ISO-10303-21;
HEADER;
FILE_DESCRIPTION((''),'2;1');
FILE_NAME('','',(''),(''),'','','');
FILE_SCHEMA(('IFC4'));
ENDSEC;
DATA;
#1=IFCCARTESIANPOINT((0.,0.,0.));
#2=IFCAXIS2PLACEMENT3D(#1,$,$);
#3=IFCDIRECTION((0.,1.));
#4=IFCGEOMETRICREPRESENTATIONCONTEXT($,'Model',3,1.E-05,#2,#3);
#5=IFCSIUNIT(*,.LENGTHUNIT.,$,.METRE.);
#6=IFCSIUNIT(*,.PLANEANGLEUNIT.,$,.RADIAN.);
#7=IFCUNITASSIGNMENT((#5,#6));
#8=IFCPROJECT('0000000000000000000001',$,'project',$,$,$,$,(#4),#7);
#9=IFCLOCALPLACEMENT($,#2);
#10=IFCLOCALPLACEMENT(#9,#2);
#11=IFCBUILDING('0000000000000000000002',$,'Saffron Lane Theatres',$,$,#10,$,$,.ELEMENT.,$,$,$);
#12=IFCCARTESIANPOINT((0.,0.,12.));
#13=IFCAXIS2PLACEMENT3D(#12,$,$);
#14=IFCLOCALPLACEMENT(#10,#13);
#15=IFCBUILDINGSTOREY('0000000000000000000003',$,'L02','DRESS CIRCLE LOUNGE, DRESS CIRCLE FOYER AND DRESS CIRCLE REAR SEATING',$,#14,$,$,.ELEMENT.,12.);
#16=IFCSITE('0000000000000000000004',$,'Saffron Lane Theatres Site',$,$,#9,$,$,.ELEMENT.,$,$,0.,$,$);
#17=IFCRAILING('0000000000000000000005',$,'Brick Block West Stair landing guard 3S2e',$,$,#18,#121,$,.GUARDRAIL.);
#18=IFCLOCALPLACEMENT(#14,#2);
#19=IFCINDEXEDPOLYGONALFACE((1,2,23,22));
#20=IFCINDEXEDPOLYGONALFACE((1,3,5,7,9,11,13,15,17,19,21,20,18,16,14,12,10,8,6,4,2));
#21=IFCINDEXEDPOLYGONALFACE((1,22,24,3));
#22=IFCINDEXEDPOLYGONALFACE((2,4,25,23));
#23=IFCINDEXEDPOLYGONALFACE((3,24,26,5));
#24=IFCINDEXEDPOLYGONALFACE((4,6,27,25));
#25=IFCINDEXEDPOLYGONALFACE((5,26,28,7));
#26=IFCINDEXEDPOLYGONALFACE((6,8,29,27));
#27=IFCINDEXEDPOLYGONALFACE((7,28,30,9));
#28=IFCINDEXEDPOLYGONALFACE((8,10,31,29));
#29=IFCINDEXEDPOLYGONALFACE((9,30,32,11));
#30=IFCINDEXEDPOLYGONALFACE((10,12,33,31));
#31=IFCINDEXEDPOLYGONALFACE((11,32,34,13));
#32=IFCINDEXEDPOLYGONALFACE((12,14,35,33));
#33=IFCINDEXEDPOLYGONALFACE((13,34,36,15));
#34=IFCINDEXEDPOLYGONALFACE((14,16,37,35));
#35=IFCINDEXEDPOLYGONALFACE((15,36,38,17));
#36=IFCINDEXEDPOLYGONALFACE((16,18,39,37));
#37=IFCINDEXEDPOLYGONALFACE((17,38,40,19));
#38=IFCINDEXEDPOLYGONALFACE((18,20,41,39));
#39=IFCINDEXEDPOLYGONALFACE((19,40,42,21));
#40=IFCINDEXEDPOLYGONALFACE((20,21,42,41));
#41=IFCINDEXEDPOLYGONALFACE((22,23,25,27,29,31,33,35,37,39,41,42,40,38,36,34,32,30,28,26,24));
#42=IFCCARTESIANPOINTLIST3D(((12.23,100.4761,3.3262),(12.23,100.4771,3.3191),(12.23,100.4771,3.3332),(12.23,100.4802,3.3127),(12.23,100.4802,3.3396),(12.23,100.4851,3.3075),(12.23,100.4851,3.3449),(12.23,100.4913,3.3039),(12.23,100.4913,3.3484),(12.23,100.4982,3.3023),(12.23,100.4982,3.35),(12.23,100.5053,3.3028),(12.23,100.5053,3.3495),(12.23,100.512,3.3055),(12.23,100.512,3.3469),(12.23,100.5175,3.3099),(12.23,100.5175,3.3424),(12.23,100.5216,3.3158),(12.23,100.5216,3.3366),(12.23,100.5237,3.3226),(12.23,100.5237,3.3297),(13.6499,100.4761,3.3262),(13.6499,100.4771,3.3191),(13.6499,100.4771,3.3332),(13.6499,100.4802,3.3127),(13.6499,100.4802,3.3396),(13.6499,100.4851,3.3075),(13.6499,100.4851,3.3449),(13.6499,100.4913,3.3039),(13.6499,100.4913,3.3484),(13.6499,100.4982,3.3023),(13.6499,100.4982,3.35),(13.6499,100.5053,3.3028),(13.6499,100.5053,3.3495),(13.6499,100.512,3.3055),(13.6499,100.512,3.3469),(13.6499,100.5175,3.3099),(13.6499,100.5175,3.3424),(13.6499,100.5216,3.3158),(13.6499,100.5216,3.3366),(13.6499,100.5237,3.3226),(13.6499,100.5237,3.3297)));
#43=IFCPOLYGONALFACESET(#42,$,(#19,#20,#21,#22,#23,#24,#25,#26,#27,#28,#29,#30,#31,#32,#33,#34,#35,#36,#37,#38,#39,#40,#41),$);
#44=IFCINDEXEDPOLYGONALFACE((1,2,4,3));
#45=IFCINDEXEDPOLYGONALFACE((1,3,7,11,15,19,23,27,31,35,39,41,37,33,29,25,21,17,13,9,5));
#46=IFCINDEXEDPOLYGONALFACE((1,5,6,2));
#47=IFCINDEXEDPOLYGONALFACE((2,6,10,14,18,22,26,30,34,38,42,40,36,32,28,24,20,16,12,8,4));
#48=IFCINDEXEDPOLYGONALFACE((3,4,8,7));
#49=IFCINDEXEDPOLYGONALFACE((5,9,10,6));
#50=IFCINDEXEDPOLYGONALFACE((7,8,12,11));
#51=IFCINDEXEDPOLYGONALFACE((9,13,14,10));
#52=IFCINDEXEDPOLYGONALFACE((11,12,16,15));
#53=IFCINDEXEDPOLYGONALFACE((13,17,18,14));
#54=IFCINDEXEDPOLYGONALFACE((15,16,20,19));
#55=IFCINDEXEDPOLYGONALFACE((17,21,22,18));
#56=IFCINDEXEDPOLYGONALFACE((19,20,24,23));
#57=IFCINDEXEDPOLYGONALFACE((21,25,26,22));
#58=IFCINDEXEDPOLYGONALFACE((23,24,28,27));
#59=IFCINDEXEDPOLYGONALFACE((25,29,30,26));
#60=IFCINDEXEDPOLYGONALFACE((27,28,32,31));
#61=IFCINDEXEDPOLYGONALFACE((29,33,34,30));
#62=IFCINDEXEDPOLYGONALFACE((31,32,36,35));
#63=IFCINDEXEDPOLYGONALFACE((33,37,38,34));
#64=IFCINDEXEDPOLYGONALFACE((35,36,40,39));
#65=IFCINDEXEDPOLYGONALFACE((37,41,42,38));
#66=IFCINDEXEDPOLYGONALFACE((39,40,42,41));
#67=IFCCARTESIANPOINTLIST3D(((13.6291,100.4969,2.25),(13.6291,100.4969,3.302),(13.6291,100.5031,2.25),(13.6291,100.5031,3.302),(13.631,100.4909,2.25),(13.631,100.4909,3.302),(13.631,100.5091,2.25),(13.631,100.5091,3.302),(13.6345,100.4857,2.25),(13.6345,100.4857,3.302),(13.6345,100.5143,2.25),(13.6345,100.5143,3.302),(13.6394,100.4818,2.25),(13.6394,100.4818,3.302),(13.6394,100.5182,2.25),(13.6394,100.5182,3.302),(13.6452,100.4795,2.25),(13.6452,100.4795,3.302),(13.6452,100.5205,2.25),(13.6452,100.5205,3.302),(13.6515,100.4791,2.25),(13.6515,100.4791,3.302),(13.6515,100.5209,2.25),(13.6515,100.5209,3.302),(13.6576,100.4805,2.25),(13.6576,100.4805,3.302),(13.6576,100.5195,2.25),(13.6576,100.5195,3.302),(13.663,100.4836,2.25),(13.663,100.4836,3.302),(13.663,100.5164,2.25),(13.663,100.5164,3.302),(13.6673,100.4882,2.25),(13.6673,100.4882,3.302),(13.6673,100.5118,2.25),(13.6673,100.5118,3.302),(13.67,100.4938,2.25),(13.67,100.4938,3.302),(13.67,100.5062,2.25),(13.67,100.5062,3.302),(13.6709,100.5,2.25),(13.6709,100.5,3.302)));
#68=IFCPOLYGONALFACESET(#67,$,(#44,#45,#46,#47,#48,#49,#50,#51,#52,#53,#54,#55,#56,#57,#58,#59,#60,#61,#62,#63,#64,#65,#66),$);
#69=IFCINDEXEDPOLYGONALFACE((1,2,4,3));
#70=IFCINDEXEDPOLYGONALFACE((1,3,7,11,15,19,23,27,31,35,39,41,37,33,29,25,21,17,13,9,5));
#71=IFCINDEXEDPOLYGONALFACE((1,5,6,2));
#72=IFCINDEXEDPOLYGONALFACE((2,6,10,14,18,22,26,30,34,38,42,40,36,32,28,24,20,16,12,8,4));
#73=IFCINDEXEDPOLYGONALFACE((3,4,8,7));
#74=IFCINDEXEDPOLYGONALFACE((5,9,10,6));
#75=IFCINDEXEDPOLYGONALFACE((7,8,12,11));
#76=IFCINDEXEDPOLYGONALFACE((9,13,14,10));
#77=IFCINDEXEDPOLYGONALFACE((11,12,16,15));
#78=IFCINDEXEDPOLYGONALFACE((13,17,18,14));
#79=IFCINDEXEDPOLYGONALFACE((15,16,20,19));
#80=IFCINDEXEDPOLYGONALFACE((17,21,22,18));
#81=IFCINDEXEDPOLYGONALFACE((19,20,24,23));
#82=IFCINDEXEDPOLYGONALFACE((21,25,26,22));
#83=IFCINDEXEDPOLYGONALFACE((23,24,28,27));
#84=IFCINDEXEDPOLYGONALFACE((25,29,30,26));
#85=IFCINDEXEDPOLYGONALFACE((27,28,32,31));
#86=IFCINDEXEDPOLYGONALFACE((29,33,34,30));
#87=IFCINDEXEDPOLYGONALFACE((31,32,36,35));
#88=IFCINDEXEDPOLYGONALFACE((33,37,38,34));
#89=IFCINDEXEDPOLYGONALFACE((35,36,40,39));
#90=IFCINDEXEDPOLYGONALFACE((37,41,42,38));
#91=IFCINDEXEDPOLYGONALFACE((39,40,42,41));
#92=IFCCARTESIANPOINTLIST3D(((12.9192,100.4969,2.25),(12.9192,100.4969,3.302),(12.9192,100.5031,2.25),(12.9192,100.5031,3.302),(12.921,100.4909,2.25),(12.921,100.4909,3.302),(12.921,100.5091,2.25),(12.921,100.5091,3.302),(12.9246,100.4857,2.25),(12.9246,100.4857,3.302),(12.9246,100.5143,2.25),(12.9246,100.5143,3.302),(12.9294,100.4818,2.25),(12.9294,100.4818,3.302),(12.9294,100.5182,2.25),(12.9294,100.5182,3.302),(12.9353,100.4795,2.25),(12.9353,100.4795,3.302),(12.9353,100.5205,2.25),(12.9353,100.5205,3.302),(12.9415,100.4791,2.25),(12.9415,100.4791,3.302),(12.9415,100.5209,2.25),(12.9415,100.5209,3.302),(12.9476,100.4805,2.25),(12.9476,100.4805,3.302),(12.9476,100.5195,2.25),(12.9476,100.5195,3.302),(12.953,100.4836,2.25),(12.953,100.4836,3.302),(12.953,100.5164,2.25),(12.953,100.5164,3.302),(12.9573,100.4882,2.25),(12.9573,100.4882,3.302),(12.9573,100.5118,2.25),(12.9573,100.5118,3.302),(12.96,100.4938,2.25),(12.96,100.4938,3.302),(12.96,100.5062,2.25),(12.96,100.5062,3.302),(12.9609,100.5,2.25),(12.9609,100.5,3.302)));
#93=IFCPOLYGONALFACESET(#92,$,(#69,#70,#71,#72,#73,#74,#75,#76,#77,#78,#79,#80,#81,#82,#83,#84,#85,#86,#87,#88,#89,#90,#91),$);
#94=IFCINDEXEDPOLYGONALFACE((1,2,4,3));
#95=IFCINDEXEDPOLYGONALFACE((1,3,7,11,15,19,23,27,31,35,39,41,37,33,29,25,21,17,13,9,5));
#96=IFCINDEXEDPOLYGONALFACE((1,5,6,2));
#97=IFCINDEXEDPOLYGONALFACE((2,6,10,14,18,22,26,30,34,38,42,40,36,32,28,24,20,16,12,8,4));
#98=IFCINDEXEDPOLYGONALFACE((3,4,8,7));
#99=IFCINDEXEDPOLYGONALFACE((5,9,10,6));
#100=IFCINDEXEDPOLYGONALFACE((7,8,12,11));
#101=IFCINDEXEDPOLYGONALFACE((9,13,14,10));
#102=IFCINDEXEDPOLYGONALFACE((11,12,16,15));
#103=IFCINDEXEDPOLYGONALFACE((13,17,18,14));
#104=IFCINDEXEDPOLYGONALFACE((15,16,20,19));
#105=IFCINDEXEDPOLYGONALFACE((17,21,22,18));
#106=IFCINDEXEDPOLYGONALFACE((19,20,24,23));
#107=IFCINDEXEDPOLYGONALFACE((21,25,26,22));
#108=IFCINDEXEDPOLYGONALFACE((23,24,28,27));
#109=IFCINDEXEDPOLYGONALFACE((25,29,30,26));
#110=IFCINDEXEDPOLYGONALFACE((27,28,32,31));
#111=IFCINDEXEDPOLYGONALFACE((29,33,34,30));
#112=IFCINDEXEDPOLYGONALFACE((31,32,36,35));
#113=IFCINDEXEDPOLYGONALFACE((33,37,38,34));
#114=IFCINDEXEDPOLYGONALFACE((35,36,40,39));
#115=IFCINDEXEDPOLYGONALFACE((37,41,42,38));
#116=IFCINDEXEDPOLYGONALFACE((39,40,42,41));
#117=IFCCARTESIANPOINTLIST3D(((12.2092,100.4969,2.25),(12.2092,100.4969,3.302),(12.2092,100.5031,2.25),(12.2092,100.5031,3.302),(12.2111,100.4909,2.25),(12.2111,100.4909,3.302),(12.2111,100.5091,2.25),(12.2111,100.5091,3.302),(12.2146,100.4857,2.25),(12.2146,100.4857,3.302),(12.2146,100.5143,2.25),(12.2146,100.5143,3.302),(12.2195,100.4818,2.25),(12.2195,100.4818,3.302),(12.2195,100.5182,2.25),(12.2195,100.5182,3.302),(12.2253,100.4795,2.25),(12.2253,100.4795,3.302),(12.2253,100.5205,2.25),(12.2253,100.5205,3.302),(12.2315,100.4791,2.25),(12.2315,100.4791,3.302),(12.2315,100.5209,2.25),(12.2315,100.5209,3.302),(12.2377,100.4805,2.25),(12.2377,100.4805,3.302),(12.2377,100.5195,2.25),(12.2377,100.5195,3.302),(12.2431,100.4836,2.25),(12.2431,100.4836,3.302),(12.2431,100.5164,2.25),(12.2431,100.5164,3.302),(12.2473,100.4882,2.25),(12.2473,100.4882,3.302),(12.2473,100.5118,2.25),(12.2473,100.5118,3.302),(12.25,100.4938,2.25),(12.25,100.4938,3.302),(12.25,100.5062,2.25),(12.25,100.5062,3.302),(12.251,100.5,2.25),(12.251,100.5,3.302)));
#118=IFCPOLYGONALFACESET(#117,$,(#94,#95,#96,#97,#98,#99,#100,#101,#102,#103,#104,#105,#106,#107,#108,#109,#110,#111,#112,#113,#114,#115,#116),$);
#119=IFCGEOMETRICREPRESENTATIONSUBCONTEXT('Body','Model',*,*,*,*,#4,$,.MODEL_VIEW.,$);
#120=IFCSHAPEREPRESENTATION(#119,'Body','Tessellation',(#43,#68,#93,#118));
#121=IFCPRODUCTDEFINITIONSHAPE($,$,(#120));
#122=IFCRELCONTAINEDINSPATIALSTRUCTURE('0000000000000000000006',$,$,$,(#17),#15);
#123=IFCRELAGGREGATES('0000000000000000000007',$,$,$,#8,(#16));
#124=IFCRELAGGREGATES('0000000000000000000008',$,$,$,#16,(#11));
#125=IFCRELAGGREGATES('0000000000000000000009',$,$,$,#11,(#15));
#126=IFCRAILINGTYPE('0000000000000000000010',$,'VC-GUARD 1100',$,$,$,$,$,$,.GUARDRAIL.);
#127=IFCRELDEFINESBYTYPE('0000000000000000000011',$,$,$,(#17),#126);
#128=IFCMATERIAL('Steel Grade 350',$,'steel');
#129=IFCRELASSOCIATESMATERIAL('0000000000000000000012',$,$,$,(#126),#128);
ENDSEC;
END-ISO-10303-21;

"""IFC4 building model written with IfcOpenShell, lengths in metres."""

from ifc_helpers import new_model, si_unit, direction, frame, origin, origin_2d, place, context, subcontext, project, spatial, circle, extrude, material, type_object, element, save


model = new_model("IFC4")

# Units and contexts
model_context = context("Model", 3, precision=1e-05, world=origin(), true_north=direction((0.0, 1.0)))
body_context = subcontext(model_context, "Body", "Model", "MODEL_VIEW")
ifc_project = project(units=[si_unit("LENGTHUNIT", "METRE"), si_unit("PLANEANGLEUNIT", "RADIAN")], contexts=[model_context])

# Site, building, storey
site_placement = place(None, origin())
site = spatial("IfcSite", under=ifc_project, at=site_placement, Name="Saffron Lane Theatres Site", CompositionType="ELEMENT", RefElevation=0.0)
building_placement = place(site_placement, origin())
building = spatial("IfcBuilding", under=site, at=building_placement, Name="Saffron Lane Theatres", CompositionType="ELEMENT")
storey_placement = place(building_placement, frame((0.0, 0.0, 12.0)))
storey = spatial("IfcBuildingStorey", under=building, at=storey_placement, Name="L02", Description="DRESS CIRCLE LOUNGE, DRESS CIRCLE FOYER AND DRESS CIRCLE REAR SEATING", CompositionType="ELEMENT", Elevation=12.0)

# Railing
ifc_material_1 = material(Name="Steel Grade 350", Category="steel")
railing_type_1 = type_object("IfcRailingType", Name="VC-GUARD 1100", PredefinedType="GUARDRAIL", material=ifc_material_1)
railing_1_placement = place(storey_placement, frame((13.6499, 100.5, 2.25)))
element("IfcRailing", 1, at=railing_1_placement, inside=storey, type_object=railing_type_1, Name="Brick Block West Stair landing guard 3S2e", PredefinedType="GUARDRAIL", context=body_context, shape_type="SweptSolid", body=[
    extrude(circle(Radius=0.0239, at=origin_2d()), frame((0.0, 0.0, 1.0762), z_axis=(-1.0, 0.0, 0.0), x_axis=(0.0, -1.0, 0.0)), (0.0, 0.0, 1.0), 1.4199),
    extrude(circle(Radius=0.021, at=origin_2d()), origin(), (0.0, 0.0, 1.0), 1.052),
    extrude(circle(Radius=0.021, at=origin_2d()), frame((-0.71, 0.0, 0.0)), (0.0, 0.0, 1.0), 1.052),
    extrude(circle(Radius=0.021, at=origin_2d()), frame((-1.4199, 0.0, 0.0)), (0.0, 0.0, 1.0), 1.052),
])

save(model, "model.ifc")
